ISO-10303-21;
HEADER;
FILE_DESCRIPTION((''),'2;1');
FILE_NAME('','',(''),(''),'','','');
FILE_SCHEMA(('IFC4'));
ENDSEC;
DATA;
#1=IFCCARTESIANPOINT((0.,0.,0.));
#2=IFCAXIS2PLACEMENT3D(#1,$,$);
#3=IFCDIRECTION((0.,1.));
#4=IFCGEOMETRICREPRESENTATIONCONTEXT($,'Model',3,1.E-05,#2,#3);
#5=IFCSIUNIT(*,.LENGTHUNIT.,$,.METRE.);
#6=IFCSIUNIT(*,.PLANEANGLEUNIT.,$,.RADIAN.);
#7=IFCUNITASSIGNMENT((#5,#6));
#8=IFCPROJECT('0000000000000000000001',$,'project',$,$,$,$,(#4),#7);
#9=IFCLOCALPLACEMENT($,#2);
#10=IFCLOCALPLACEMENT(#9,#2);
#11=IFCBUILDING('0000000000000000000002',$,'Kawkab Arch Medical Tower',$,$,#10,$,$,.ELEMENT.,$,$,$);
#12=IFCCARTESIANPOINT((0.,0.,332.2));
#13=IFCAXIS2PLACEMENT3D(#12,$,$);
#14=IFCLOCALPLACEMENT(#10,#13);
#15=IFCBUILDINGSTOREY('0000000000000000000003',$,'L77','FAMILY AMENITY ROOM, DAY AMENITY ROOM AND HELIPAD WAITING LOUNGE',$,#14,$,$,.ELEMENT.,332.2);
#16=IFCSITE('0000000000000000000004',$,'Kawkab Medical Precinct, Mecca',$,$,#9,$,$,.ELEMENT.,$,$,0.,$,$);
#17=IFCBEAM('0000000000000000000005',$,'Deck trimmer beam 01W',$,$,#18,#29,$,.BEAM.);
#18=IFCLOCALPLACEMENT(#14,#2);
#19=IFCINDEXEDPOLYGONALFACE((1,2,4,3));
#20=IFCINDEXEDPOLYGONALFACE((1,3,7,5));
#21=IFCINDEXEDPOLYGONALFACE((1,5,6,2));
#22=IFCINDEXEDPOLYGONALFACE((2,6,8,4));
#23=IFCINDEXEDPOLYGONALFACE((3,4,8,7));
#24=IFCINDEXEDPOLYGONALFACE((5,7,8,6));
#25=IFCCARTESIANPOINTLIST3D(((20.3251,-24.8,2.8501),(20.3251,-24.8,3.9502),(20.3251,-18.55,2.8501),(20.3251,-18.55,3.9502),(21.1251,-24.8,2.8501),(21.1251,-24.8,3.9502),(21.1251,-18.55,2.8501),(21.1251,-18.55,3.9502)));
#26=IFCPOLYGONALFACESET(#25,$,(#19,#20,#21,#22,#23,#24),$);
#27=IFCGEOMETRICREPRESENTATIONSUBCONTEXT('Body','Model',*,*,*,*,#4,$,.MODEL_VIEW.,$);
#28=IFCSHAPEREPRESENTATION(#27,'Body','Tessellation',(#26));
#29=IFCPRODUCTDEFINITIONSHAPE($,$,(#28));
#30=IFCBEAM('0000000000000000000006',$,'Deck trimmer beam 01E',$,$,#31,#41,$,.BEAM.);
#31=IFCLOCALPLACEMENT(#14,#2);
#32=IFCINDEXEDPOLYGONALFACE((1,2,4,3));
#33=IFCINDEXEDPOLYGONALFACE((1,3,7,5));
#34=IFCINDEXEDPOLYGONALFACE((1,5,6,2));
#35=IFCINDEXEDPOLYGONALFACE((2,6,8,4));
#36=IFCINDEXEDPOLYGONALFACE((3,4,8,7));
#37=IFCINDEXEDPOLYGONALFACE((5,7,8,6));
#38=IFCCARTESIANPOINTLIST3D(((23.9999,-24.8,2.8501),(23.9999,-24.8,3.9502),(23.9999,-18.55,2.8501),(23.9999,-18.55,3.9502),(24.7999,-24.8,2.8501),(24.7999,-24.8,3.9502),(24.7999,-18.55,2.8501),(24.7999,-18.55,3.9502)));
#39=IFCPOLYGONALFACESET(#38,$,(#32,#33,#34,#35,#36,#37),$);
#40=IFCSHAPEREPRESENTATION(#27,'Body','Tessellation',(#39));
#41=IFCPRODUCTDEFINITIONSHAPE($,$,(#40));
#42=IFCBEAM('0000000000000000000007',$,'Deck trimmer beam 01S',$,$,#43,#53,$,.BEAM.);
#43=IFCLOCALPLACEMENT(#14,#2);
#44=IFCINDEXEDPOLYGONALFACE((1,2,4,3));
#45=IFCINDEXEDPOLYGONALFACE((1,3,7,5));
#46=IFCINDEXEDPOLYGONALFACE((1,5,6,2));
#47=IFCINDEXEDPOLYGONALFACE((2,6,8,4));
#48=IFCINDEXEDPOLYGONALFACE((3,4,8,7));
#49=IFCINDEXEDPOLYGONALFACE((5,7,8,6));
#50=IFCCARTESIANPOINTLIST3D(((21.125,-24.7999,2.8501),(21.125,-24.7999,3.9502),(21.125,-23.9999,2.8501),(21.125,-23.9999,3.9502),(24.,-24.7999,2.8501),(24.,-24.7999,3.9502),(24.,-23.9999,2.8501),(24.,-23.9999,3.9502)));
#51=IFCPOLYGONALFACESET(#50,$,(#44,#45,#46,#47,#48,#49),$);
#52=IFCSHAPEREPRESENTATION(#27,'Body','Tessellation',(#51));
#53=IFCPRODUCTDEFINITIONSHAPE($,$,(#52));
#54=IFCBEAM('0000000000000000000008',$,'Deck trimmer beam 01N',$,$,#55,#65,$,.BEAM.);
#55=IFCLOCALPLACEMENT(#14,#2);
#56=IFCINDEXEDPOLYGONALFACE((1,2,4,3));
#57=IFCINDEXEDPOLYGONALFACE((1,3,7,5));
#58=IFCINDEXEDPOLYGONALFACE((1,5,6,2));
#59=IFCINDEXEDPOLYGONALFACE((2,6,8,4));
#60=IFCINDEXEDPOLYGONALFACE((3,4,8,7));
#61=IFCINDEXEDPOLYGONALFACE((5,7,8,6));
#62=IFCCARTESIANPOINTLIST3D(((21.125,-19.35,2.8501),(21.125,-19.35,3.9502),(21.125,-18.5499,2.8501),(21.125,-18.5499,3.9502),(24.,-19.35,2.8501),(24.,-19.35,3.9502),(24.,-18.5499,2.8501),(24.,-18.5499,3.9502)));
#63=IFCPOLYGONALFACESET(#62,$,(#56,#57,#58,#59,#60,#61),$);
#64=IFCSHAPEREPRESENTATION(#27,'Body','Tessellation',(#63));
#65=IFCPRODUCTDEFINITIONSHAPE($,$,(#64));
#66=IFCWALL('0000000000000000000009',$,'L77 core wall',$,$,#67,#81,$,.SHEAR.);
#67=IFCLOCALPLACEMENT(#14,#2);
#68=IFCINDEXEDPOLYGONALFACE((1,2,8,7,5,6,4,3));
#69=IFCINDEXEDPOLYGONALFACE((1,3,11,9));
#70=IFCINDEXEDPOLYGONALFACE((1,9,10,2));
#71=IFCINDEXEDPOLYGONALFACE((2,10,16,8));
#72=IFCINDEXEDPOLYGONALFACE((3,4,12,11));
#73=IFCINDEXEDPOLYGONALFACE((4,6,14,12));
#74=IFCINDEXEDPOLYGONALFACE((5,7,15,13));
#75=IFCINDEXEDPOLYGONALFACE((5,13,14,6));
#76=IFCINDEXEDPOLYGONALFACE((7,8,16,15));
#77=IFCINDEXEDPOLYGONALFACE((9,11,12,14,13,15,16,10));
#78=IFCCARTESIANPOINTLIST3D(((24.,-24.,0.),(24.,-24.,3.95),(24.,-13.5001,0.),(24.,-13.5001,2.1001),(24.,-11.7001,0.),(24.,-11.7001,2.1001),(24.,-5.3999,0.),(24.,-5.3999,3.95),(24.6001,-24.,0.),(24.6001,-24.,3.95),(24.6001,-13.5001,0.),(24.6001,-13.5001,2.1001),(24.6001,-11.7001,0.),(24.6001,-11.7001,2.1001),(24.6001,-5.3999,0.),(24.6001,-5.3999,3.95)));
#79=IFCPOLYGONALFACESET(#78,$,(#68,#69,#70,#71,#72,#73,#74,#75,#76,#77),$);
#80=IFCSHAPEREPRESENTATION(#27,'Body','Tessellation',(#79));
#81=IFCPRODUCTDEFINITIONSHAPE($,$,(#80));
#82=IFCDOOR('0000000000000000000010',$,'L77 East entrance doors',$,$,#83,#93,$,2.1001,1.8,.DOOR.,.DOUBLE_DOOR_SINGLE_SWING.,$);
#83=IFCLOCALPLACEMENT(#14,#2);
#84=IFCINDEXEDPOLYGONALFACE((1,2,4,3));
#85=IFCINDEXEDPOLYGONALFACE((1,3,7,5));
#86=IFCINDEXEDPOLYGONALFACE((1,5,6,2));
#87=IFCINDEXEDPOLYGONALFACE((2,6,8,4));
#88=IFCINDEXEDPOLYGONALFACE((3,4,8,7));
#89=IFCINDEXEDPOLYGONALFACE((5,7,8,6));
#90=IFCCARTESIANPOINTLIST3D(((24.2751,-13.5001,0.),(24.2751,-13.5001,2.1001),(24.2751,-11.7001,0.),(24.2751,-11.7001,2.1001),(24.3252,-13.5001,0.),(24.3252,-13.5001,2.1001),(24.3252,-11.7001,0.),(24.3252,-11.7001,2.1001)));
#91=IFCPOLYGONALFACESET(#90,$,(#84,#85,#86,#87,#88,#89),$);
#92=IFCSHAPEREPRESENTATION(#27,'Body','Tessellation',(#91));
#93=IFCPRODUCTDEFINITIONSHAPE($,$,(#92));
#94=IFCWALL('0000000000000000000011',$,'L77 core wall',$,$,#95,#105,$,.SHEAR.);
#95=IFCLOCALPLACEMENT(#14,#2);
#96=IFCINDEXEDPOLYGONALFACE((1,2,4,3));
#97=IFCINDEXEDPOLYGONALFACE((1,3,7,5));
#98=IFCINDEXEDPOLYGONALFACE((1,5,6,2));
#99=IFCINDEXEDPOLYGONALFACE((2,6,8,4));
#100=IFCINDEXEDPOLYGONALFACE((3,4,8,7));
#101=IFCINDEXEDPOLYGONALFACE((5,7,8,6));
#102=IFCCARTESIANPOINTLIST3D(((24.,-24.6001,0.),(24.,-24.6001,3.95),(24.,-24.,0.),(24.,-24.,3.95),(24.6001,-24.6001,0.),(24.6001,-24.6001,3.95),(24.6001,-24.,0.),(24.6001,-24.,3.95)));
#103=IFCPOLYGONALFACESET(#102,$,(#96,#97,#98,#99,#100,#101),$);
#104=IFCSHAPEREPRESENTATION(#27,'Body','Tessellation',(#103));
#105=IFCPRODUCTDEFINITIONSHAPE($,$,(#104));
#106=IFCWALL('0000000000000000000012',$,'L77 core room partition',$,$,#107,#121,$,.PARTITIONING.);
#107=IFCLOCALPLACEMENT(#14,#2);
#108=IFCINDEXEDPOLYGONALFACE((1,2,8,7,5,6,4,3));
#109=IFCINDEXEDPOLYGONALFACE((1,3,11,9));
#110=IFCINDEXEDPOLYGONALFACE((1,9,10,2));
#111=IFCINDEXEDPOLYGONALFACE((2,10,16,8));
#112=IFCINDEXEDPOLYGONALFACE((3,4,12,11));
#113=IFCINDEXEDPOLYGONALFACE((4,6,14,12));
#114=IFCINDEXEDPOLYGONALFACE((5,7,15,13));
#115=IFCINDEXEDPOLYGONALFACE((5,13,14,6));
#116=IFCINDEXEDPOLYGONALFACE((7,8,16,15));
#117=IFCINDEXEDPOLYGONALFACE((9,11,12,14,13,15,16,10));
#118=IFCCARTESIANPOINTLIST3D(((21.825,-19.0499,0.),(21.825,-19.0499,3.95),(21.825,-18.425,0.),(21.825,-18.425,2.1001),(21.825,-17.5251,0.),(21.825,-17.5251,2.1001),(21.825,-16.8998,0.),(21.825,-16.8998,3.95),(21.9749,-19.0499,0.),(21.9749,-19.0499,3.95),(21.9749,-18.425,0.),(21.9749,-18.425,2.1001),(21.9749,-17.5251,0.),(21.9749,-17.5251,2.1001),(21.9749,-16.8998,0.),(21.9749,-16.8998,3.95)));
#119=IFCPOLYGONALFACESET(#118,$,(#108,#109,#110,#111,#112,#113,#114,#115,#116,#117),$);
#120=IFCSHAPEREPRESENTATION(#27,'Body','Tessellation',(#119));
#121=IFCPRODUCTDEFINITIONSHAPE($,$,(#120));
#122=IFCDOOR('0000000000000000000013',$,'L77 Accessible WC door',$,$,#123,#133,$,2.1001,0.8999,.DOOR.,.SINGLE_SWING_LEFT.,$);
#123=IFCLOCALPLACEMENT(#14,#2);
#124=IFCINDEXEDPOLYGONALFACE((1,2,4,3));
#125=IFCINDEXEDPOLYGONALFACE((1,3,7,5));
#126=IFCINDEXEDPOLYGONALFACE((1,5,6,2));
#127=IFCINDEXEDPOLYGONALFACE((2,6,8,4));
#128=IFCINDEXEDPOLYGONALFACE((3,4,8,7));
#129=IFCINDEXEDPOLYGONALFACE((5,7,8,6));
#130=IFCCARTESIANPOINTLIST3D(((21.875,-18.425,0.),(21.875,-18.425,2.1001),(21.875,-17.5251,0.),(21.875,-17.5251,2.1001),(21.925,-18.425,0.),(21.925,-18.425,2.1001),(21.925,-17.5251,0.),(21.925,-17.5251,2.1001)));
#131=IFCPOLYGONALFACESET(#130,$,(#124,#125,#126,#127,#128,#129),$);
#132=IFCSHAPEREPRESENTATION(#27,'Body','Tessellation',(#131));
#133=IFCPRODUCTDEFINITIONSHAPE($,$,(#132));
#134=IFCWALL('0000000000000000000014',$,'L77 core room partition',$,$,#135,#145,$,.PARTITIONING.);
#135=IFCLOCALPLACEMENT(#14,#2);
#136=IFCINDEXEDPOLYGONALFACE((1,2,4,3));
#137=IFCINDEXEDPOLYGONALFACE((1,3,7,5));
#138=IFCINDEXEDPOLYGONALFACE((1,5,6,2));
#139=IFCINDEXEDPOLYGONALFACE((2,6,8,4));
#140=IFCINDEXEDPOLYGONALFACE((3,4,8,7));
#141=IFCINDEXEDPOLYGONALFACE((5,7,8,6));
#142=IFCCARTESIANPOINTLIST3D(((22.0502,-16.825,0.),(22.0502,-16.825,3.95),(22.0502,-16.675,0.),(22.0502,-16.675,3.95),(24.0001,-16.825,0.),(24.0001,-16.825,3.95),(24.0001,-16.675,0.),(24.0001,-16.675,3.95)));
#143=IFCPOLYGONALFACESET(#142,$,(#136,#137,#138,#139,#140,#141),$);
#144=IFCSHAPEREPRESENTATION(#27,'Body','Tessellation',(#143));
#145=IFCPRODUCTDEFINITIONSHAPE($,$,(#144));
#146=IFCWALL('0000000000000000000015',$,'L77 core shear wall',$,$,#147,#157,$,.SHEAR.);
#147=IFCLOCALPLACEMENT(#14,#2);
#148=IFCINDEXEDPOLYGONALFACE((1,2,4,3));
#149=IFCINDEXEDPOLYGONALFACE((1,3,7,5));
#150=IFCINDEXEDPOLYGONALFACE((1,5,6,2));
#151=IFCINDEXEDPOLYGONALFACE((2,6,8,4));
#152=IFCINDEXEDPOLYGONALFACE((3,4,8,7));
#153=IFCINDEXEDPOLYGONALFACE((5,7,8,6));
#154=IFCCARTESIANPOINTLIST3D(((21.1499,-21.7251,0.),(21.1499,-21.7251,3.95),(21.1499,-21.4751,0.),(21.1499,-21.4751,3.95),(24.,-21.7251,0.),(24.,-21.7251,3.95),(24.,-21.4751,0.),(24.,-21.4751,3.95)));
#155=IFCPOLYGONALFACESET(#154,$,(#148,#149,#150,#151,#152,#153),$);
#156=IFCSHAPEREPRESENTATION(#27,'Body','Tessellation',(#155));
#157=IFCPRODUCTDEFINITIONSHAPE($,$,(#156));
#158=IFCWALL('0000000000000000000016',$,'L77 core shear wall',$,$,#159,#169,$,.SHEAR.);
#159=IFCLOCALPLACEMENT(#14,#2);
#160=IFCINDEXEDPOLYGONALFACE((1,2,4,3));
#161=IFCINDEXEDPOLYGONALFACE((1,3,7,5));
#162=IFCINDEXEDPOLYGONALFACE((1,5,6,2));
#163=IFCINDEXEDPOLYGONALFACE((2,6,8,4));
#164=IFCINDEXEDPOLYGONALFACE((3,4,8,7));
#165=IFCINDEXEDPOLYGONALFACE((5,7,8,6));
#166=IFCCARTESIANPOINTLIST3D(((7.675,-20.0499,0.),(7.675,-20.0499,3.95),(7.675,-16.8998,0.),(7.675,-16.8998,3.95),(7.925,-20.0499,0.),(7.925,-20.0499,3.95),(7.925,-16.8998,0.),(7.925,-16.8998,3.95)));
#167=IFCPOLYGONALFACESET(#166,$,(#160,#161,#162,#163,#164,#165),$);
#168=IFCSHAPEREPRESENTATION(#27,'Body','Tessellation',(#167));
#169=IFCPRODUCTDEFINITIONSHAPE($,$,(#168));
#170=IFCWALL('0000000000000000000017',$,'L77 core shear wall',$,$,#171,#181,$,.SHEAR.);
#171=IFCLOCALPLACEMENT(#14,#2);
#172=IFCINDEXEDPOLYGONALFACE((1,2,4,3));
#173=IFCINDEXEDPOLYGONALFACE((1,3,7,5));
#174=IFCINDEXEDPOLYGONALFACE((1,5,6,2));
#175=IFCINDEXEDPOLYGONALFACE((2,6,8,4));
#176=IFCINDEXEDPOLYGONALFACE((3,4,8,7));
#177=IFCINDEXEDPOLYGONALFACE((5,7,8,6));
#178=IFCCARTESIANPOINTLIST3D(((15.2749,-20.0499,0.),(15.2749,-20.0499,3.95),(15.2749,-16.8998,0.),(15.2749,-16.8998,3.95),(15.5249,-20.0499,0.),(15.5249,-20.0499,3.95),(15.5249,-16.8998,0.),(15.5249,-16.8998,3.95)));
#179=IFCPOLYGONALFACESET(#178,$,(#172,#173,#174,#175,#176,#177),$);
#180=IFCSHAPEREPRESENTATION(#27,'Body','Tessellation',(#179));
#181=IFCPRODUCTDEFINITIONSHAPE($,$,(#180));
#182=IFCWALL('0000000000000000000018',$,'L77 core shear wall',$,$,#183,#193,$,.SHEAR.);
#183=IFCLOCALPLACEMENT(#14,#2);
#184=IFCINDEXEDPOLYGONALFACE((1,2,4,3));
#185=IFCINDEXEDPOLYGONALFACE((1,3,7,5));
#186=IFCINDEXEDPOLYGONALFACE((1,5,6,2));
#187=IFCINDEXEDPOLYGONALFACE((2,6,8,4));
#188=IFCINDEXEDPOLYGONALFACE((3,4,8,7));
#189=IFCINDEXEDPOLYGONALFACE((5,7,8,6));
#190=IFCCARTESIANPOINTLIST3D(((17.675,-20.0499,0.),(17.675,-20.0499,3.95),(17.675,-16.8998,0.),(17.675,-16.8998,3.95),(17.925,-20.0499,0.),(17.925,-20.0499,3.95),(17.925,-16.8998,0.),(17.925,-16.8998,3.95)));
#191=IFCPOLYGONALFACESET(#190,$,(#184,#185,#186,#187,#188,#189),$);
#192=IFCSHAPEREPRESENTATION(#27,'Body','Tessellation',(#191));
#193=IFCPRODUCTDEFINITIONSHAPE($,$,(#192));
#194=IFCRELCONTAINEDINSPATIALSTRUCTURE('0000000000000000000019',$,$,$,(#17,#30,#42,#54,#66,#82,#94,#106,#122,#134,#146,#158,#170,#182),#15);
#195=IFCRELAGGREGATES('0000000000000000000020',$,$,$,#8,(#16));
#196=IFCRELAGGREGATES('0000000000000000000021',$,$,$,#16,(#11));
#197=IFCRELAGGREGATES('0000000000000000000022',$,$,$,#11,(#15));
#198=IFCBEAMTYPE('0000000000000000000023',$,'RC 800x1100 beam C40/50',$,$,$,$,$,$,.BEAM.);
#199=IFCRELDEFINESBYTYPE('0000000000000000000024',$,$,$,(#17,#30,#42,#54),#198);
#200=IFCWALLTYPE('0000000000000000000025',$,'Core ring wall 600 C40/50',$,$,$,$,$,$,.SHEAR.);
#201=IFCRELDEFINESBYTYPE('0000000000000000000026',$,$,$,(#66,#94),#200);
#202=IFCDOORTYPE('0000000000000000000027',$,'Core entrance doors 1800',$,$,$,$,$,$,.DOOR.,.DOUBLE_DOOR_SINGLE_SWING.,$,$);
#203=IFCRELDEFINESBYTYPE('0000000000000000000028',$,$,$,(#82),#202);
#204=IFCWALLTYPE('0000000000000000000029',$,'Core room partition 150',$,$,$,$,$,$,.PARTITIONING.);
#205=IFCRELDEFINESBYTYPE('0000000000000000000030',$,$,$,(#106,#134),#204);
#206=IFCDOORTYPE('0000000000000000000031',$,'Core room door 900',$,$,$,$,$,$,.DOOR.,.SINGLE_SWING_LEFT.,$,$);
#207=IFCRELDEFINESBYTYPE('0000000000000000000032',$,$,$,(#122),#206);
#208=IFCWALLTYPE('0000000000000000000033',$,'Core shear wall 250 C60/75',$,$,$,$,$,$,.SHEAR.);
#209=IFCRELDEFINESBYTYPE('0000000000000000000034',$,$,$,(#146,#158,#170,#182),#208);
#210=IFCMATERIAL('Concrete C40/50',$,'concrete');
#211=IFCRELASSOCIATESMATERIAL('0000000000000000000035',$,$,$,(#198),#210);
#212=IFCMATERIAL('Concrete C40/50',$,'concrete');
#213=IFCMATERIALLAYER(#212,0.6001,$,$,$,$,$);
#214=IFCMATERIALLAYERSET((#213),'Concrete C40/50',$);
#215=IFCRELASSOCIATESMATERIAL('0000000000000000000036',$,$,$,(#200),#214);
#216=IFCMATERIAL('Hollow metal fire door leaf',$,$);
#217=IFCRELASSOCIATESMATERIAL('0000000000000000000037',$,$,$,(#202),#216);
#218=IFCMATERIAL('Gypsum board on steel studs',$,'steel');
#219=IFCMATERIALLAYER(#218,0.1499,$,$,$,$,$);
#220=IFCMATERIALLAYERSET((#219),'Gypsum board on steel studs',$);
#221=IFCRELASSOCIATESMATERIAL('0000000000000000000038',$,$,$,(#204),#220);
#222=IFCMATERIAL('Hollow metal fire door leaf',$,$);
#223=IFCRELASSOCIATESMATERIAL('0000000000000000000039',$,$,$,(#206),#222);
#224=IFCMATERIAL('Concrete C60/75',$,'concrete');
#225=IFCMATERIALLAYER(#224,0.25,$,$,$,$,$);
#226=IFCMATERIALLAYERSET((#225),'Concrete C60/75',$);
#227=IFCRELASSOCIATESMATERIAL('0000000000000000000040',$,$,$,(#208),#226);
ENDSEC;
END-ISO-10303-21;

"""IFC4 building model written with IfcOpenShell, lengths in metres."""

from ifc_helpers import new_model, si_unit, direction, frame, frame_2d, origin, origin_2d, place, context, subcontext, project, spatial, rectangle, extrude, material, layer, layer_set, material_profile, profile_set, type_object, element, fill, save


model = new_model("IFC4")

# Units and contexts
model_context = context("Model", 3, precision=1e-05, world=origin(), true_north=direction((0.0, 1.0)))
body_context = subcontext(model_context, "Body", "Model", "MODEL_VIEW")
ifc_project = project(units=[si_unit("LENGTHUNIT", "METRE"), si_unit("PLANEANGLEUNIT", "RADIAN")], contexts=[model_context])

# Site, building, storey
site_placement = place(None, origin())
site = spatial("IfcSite", under=ifc_project, at=site_placement, Name="Kawkab Medical Precinct, Mecca", CompositionType="ELEMENT", RefElevation=0.0)
building_placement = place(site_placement, origin())
building = spatial("IfcBuilding", under=site, at=building_placement, Name="Kawkab Arch Medical Tower", CompositionType="ELEMENT")
storey_placement = place(building_placement, frame((0.0, 0.0, 332.2)))
storey = spatial("IfcBuildingStorey", under=building, at=storey_placement, Name="L77", Description="FAMILY AMENITY ROOM, DAY AMENITY ROOM AND HELIPAD WAITING LOUNGE", CompositionType="ELEMENT", Elevation=332.2)

# Beams
ifc_material_1 = material(Name="Concrete C40/50", Category="concrete")
ifc_material_profile = material_profile(ifc_material_1, rectangle(XDim=0.8, YDim=1.1001, at=origin_2d()), Name="RC 800x1100")
ifc_profile_set = profile_set([ifc_material_profile], Name="Concrete C40/50")
beam_type = type_object("IfcBeamType", Name="RC 800x1100 beam C40/50", PredefinedType="BEAM", material=ifc_profile_set)
for number, where, z_axis, x_axis, name in (
    (1, (20.7251, -24.8, 3.4001), (0.0, 1.0, 0.0), (-1.0, 0.0, 0.0), "Deck trimmer beam 01W"),
    (2, (24.3999, -24.8, 3.4001), (0.0, 1.0, 0.0), (-1.0, 0.0, 0.0), "Deck trimmer beam 01E"),
):
    element("IfcBeam", number, at=place(storey_placement, frame(where, z_axis=z_axis, x_axis=x_axis)), inside=storey, type_object=beam_type, Name=name, PredefinedType="BEAM", context=body_context, shape_type="SweptSolid", body=[
        extrude(rectangle(XDim=0.8, YDim=1.1001, at=origin_2d()), origin(), (0.0, 0.0, 1.0), 6.25),
    ])
for number, where, z_axis, x_axis, name in (
    (3, (21.125, -24.3999, 3.4001), (1.0, 0.0, 0.0), (0.0, 1.0, 0.0), "Deck trimmer beam 01S"),
    (4, (21.125, -18.95, 3.4001), (1.0, 0.0, 0.0), (0.0, 1.0, 0.0), "Deck trimmer beam 01N"),
):
    element("IfcBeam", number, at=place(storey_placement, frame(where, z_axis=z_axis, x_axis=x_axis)), inside=storey, type_object=beam_type, Name=name, PredefinedType="BEAM", context=body_context, shape_type="SweptSolid", body=[
        extrude(rectangle(XDim=0.8, YDim=1.1001, at=origin_2d()), origin(), (0.0, 0.0, 1.0), 2.875),
    ])

# Wall, opening, door
ifc_material_2 = material(Name="Concrete C40/50", Category="concrete")
ifc_layer_1 = layer(ifc_material_2, 0.6001)
ifc_layer_set_1 = layer_set([ifc_layer_1], Name="Concrete C40/50")
wall_type_1 = type_object("IfcWallType", Name="Core ring wall 600 C40/50", PredefinedType="SHEAR", material=ifc_layer_set_1)
wall_1_placement = place(storey_placement, frame((24.3, -24.0, 0.0), z_axis=(0.0, 0.0, 1.0), x_axis=(0.0, 1.0, 0.0)))
wall_1 = element("IfcWall", 5, at=wall_1_placement, inside=storey, type_object=wall_type_1, Name="L77 core wall", PredefinedType="SHEAR", context=body_context, shape_type="SweptSolid", body=[
    extrude(rectangle(XDim=18.6001, YDim=0.6001, at=frame_2d((9.3, 0.0))), origin(), (0.0, 0.0, 1.0), 3.95),
])
opening_1_placement = place(wall_1_placement, frame((10.5, 0.0, 0.0)))
opening_1 = element("IfcOpeningElement", 6, at=opening_1_placement, cuts=wall_1, PredefinedType="OPENING", context=body_context, shape_type="SweptSolid", body=[
    extrude(rectangle(XDim=1.8, YDim=2.1001, at=frame_2d((0.8999, 1.05))), frame((0.0, 0.3101, 0.0), z_axis=(0.0, -1.0, 0.0), x_axis=(1.0, 0.0, 0.0)), (0.0, 0.0, 1.0), 0.6201),
])
ifc_material_3 = material(Name="Hollow metal fire door leaf")
door_type_1 = type_object("IfcDoorType", Name="Core entrance doors 1800", OperationType="DOUBLE_DOOR_SINGLE_SWING", PredefinedType="DOOR", material=ifc_material_3)
door_1_placement = place(opening_1_placement, origin())
door_1 = element("IfcDoor", 7, at=door_1_placement, inside=storey, type_object=door_type_1, Name="L77 East entrance doors", OperationType="DOUBLE_DOOR_SINGLE_SWING", OverallHeight=2.1001, OverallWidth=1.8, PredefinedType="DOOR", context=body_context, shape_type="SweptSolid", body=[
    extrude(rectangle(XDim=1.8, YDim=2.1001, at=frame_2d((0.8999, 1.05))), frame((0.0, 0.0249, 0.0), z_axis=(0.0, -1.0, 0.0), x_axis=(1.0, 0.0, 0.0)), (0.0, 0.0, 1.0), 0.05),
])
fill(opening_1, door_1)

# Wall
wall_2_placement = place(storey_placement, frame((24.3, -24.6001, 0.0), z_axis=(0.0, 0.0, 1.0), x_axis=(0.0, 1.0, 0.0)))
element("IfcWall", 8, at=wall_2_placement, inside=storey, type_object=wall_type_1, Name="L77 core wall", PredefinedType="SHEAR", context=body_context, shape_type="SweptSolid", body=[
    extrude(rectangle(XDim=0.6001, YDim=0.6001, at=frame_2d((0.3, 0.0))), origin(), (0.0, 0.0, 1.0), 3.95),
])

# Wall, opening, door
ifc_material_4 = material(Name="Gypsum board on steel studs", Category="steel")
ifc_layer_2 = layer(ifc_material_4, 0.1499)
ifc_layer_set_2 = layer_set([ifc_layer_2], Name="Gypsum board on steel studs")
wall_type_2 = type_object("IfcWallType", Name="Core room partition 150", PredefinedType="PARTITIONING", material=ifc_layer_set_2)
wall_3_placement = place(storey_placement, frame((21.8999, -19.05, 0.0), z_axis=(0.0, 0.0, 1.0), x_axis=(0.0, 1.0, 0.0)))
wall_3 = element("IfcWall", 9, at=wall_3_placement, inside=storey, type_object=wall_type_2, Name="L77 core room partition", PredefinedType="PARTITIONING", context=body_context, shape_type="SweptSolid", body=[
    extrude(rectangle(XDim=2.1501, YDim=0.1499, at=frame_2d((1.0752, 0.0))), origin(), (0.0, 0.0, 1.0), 3.95),
])
opening_2_placement = place(wall_3_placement, frame((0.625, 0.0, 0.0)))
opening_2 = element("IfcOpeningElement", 10, at=opening_2_placement, cuts=wall_3, PredefinedType="OPENING", context=body_context, shape_type="SweptSolid", body=[
    extrude(rectangle(XDim=0.8999, YDim=2.1001, at=frame_2d((0.45, 1.05))), frame((0.0, 0.085, 0.0), z_axis=(0.0, -1.0, 0.0), x_axis=(1.0, 0.0, 0.0)), (0.0, 0.0, 1.0), 0.1699),
])
ifc_material_5 = material(Name="Hollow metal fire door leaf")
door_type_2 = type_object("IfcDoorType", Name="Core room door 900", OperationType="SINGLE_SWING_LEFT", PredefinedType="DOOR", material=ifc_material_5)
door_2_placement = place(opening_2_placement, origin())
door_2 = element("IfcDoor", 11, at=door_2_placement, inside=storey, type_object=door_type_2, Name="L77 Accessible WC door", OperationType="SINGLE_SWING_LEFT", OverallHeight=2.1001, OverallWidth=0.8999, PredefinedType="DOOR", context=body_context, shape_type="SweptSolid", body=[
    extrude(rectangle(XDim=0.8999, YDim=2.1001, at=frame_2d((0.45, 1.05))), frame((0.0, 0.0249, 0.0), z_axis=(0.0, -1.0, 0.0), x_axis=(1.0, 0.0, 0.0)), (0.0, 0.0, 1.0), 0.05),
])
fill(opening_2, door_2)

# Walls
wall_4_placement = place(storey_placement, frame((22.05, -16.75, 0.0), z_axis=(0.0, 0.0, 1.0), x_axis=(1.0, 0.0, 0.0)))
element("IfcWall", 12, at=wall_4_placement, inside=storey, type_object=wall_type_2, Name="L77 core room partition", PredefinedType="PARTITIONING", context=body_context, shape_type="SweptSolid", body=[
    extrude(rectangle(XDim=1.95, YDim=0.1499, at=frame_2d((0.9751, 0.0))), origin(), (0.0, 0.0, 1.0), 3.95),
])
ifc_material_6 = material(Name="Concrete C60/75", Category="concrete")
ifc_layer_3 = layer(ifc_material_6, 0.25)
ifc_layer_set_3 = layer_set([ifc_layer_3], Name="Concrete C60/75")
wall_type_3 = type_object("IfcWallType", Name="Core shear wall 250 C60/75", PredefinedType="SHEAR", material=ifc_layer_set_3)
wall_5_placement = place(storey_placement, frame((21.1499, -21.6001, 0.0), z_axis=(0.0, 0.0, 1.0), x_axis=(1.0, 0.0, 0.0)))
element("IfcWall", 13, at=wall_5_placement, inside=storey, type_object=wall_type_3, Name="L77 core shear wall", PredefinedType="SHEAR", context=body_context, shape_type="SweptSolid", body=[
    extrude(rectangle(XDim=2.8501, YDim=0.25, at=frame_2d((1.425, 0.0))), origin(), (0.0, 0.0, 1.0), 3.95),
])
for number, where, z_axis, x_axis, name in (
    (14, (7.8, -20.05, 0.0), (0.0, 0.0, 1.0), (0.0, 1.0, 0.0), "L77 core shear wall"),
    (15, (15.3999, -20.05, 0.0), (0.0, 0.0, 1.0), (0.0, 1.0, 0.0), "L77 core shear wall"),
    (16, (17.8, -20.05, 0.0), (0.0, 0.0, 1.0), (0.0, 1.0, 0.0), "L77 core shear wall"),
):
    element("IfcWall", number, at=place(storey_placement, frame(where, z_axis=z_axis, x_axis=x_axis)), inside=storey, type_object=wall_type_3, Name=name, PredefinedType="SHEAR", context=body_context, shape_type="SweptSolid", body=[
        extrude(rectangle(XDim=3.1501, YDim=0.25, at=frame_2d((1.5752, 0.0))), origin(), (0.0, 0.0, 1.0), 3.95),
    ])

save(model, "model.ifc")
